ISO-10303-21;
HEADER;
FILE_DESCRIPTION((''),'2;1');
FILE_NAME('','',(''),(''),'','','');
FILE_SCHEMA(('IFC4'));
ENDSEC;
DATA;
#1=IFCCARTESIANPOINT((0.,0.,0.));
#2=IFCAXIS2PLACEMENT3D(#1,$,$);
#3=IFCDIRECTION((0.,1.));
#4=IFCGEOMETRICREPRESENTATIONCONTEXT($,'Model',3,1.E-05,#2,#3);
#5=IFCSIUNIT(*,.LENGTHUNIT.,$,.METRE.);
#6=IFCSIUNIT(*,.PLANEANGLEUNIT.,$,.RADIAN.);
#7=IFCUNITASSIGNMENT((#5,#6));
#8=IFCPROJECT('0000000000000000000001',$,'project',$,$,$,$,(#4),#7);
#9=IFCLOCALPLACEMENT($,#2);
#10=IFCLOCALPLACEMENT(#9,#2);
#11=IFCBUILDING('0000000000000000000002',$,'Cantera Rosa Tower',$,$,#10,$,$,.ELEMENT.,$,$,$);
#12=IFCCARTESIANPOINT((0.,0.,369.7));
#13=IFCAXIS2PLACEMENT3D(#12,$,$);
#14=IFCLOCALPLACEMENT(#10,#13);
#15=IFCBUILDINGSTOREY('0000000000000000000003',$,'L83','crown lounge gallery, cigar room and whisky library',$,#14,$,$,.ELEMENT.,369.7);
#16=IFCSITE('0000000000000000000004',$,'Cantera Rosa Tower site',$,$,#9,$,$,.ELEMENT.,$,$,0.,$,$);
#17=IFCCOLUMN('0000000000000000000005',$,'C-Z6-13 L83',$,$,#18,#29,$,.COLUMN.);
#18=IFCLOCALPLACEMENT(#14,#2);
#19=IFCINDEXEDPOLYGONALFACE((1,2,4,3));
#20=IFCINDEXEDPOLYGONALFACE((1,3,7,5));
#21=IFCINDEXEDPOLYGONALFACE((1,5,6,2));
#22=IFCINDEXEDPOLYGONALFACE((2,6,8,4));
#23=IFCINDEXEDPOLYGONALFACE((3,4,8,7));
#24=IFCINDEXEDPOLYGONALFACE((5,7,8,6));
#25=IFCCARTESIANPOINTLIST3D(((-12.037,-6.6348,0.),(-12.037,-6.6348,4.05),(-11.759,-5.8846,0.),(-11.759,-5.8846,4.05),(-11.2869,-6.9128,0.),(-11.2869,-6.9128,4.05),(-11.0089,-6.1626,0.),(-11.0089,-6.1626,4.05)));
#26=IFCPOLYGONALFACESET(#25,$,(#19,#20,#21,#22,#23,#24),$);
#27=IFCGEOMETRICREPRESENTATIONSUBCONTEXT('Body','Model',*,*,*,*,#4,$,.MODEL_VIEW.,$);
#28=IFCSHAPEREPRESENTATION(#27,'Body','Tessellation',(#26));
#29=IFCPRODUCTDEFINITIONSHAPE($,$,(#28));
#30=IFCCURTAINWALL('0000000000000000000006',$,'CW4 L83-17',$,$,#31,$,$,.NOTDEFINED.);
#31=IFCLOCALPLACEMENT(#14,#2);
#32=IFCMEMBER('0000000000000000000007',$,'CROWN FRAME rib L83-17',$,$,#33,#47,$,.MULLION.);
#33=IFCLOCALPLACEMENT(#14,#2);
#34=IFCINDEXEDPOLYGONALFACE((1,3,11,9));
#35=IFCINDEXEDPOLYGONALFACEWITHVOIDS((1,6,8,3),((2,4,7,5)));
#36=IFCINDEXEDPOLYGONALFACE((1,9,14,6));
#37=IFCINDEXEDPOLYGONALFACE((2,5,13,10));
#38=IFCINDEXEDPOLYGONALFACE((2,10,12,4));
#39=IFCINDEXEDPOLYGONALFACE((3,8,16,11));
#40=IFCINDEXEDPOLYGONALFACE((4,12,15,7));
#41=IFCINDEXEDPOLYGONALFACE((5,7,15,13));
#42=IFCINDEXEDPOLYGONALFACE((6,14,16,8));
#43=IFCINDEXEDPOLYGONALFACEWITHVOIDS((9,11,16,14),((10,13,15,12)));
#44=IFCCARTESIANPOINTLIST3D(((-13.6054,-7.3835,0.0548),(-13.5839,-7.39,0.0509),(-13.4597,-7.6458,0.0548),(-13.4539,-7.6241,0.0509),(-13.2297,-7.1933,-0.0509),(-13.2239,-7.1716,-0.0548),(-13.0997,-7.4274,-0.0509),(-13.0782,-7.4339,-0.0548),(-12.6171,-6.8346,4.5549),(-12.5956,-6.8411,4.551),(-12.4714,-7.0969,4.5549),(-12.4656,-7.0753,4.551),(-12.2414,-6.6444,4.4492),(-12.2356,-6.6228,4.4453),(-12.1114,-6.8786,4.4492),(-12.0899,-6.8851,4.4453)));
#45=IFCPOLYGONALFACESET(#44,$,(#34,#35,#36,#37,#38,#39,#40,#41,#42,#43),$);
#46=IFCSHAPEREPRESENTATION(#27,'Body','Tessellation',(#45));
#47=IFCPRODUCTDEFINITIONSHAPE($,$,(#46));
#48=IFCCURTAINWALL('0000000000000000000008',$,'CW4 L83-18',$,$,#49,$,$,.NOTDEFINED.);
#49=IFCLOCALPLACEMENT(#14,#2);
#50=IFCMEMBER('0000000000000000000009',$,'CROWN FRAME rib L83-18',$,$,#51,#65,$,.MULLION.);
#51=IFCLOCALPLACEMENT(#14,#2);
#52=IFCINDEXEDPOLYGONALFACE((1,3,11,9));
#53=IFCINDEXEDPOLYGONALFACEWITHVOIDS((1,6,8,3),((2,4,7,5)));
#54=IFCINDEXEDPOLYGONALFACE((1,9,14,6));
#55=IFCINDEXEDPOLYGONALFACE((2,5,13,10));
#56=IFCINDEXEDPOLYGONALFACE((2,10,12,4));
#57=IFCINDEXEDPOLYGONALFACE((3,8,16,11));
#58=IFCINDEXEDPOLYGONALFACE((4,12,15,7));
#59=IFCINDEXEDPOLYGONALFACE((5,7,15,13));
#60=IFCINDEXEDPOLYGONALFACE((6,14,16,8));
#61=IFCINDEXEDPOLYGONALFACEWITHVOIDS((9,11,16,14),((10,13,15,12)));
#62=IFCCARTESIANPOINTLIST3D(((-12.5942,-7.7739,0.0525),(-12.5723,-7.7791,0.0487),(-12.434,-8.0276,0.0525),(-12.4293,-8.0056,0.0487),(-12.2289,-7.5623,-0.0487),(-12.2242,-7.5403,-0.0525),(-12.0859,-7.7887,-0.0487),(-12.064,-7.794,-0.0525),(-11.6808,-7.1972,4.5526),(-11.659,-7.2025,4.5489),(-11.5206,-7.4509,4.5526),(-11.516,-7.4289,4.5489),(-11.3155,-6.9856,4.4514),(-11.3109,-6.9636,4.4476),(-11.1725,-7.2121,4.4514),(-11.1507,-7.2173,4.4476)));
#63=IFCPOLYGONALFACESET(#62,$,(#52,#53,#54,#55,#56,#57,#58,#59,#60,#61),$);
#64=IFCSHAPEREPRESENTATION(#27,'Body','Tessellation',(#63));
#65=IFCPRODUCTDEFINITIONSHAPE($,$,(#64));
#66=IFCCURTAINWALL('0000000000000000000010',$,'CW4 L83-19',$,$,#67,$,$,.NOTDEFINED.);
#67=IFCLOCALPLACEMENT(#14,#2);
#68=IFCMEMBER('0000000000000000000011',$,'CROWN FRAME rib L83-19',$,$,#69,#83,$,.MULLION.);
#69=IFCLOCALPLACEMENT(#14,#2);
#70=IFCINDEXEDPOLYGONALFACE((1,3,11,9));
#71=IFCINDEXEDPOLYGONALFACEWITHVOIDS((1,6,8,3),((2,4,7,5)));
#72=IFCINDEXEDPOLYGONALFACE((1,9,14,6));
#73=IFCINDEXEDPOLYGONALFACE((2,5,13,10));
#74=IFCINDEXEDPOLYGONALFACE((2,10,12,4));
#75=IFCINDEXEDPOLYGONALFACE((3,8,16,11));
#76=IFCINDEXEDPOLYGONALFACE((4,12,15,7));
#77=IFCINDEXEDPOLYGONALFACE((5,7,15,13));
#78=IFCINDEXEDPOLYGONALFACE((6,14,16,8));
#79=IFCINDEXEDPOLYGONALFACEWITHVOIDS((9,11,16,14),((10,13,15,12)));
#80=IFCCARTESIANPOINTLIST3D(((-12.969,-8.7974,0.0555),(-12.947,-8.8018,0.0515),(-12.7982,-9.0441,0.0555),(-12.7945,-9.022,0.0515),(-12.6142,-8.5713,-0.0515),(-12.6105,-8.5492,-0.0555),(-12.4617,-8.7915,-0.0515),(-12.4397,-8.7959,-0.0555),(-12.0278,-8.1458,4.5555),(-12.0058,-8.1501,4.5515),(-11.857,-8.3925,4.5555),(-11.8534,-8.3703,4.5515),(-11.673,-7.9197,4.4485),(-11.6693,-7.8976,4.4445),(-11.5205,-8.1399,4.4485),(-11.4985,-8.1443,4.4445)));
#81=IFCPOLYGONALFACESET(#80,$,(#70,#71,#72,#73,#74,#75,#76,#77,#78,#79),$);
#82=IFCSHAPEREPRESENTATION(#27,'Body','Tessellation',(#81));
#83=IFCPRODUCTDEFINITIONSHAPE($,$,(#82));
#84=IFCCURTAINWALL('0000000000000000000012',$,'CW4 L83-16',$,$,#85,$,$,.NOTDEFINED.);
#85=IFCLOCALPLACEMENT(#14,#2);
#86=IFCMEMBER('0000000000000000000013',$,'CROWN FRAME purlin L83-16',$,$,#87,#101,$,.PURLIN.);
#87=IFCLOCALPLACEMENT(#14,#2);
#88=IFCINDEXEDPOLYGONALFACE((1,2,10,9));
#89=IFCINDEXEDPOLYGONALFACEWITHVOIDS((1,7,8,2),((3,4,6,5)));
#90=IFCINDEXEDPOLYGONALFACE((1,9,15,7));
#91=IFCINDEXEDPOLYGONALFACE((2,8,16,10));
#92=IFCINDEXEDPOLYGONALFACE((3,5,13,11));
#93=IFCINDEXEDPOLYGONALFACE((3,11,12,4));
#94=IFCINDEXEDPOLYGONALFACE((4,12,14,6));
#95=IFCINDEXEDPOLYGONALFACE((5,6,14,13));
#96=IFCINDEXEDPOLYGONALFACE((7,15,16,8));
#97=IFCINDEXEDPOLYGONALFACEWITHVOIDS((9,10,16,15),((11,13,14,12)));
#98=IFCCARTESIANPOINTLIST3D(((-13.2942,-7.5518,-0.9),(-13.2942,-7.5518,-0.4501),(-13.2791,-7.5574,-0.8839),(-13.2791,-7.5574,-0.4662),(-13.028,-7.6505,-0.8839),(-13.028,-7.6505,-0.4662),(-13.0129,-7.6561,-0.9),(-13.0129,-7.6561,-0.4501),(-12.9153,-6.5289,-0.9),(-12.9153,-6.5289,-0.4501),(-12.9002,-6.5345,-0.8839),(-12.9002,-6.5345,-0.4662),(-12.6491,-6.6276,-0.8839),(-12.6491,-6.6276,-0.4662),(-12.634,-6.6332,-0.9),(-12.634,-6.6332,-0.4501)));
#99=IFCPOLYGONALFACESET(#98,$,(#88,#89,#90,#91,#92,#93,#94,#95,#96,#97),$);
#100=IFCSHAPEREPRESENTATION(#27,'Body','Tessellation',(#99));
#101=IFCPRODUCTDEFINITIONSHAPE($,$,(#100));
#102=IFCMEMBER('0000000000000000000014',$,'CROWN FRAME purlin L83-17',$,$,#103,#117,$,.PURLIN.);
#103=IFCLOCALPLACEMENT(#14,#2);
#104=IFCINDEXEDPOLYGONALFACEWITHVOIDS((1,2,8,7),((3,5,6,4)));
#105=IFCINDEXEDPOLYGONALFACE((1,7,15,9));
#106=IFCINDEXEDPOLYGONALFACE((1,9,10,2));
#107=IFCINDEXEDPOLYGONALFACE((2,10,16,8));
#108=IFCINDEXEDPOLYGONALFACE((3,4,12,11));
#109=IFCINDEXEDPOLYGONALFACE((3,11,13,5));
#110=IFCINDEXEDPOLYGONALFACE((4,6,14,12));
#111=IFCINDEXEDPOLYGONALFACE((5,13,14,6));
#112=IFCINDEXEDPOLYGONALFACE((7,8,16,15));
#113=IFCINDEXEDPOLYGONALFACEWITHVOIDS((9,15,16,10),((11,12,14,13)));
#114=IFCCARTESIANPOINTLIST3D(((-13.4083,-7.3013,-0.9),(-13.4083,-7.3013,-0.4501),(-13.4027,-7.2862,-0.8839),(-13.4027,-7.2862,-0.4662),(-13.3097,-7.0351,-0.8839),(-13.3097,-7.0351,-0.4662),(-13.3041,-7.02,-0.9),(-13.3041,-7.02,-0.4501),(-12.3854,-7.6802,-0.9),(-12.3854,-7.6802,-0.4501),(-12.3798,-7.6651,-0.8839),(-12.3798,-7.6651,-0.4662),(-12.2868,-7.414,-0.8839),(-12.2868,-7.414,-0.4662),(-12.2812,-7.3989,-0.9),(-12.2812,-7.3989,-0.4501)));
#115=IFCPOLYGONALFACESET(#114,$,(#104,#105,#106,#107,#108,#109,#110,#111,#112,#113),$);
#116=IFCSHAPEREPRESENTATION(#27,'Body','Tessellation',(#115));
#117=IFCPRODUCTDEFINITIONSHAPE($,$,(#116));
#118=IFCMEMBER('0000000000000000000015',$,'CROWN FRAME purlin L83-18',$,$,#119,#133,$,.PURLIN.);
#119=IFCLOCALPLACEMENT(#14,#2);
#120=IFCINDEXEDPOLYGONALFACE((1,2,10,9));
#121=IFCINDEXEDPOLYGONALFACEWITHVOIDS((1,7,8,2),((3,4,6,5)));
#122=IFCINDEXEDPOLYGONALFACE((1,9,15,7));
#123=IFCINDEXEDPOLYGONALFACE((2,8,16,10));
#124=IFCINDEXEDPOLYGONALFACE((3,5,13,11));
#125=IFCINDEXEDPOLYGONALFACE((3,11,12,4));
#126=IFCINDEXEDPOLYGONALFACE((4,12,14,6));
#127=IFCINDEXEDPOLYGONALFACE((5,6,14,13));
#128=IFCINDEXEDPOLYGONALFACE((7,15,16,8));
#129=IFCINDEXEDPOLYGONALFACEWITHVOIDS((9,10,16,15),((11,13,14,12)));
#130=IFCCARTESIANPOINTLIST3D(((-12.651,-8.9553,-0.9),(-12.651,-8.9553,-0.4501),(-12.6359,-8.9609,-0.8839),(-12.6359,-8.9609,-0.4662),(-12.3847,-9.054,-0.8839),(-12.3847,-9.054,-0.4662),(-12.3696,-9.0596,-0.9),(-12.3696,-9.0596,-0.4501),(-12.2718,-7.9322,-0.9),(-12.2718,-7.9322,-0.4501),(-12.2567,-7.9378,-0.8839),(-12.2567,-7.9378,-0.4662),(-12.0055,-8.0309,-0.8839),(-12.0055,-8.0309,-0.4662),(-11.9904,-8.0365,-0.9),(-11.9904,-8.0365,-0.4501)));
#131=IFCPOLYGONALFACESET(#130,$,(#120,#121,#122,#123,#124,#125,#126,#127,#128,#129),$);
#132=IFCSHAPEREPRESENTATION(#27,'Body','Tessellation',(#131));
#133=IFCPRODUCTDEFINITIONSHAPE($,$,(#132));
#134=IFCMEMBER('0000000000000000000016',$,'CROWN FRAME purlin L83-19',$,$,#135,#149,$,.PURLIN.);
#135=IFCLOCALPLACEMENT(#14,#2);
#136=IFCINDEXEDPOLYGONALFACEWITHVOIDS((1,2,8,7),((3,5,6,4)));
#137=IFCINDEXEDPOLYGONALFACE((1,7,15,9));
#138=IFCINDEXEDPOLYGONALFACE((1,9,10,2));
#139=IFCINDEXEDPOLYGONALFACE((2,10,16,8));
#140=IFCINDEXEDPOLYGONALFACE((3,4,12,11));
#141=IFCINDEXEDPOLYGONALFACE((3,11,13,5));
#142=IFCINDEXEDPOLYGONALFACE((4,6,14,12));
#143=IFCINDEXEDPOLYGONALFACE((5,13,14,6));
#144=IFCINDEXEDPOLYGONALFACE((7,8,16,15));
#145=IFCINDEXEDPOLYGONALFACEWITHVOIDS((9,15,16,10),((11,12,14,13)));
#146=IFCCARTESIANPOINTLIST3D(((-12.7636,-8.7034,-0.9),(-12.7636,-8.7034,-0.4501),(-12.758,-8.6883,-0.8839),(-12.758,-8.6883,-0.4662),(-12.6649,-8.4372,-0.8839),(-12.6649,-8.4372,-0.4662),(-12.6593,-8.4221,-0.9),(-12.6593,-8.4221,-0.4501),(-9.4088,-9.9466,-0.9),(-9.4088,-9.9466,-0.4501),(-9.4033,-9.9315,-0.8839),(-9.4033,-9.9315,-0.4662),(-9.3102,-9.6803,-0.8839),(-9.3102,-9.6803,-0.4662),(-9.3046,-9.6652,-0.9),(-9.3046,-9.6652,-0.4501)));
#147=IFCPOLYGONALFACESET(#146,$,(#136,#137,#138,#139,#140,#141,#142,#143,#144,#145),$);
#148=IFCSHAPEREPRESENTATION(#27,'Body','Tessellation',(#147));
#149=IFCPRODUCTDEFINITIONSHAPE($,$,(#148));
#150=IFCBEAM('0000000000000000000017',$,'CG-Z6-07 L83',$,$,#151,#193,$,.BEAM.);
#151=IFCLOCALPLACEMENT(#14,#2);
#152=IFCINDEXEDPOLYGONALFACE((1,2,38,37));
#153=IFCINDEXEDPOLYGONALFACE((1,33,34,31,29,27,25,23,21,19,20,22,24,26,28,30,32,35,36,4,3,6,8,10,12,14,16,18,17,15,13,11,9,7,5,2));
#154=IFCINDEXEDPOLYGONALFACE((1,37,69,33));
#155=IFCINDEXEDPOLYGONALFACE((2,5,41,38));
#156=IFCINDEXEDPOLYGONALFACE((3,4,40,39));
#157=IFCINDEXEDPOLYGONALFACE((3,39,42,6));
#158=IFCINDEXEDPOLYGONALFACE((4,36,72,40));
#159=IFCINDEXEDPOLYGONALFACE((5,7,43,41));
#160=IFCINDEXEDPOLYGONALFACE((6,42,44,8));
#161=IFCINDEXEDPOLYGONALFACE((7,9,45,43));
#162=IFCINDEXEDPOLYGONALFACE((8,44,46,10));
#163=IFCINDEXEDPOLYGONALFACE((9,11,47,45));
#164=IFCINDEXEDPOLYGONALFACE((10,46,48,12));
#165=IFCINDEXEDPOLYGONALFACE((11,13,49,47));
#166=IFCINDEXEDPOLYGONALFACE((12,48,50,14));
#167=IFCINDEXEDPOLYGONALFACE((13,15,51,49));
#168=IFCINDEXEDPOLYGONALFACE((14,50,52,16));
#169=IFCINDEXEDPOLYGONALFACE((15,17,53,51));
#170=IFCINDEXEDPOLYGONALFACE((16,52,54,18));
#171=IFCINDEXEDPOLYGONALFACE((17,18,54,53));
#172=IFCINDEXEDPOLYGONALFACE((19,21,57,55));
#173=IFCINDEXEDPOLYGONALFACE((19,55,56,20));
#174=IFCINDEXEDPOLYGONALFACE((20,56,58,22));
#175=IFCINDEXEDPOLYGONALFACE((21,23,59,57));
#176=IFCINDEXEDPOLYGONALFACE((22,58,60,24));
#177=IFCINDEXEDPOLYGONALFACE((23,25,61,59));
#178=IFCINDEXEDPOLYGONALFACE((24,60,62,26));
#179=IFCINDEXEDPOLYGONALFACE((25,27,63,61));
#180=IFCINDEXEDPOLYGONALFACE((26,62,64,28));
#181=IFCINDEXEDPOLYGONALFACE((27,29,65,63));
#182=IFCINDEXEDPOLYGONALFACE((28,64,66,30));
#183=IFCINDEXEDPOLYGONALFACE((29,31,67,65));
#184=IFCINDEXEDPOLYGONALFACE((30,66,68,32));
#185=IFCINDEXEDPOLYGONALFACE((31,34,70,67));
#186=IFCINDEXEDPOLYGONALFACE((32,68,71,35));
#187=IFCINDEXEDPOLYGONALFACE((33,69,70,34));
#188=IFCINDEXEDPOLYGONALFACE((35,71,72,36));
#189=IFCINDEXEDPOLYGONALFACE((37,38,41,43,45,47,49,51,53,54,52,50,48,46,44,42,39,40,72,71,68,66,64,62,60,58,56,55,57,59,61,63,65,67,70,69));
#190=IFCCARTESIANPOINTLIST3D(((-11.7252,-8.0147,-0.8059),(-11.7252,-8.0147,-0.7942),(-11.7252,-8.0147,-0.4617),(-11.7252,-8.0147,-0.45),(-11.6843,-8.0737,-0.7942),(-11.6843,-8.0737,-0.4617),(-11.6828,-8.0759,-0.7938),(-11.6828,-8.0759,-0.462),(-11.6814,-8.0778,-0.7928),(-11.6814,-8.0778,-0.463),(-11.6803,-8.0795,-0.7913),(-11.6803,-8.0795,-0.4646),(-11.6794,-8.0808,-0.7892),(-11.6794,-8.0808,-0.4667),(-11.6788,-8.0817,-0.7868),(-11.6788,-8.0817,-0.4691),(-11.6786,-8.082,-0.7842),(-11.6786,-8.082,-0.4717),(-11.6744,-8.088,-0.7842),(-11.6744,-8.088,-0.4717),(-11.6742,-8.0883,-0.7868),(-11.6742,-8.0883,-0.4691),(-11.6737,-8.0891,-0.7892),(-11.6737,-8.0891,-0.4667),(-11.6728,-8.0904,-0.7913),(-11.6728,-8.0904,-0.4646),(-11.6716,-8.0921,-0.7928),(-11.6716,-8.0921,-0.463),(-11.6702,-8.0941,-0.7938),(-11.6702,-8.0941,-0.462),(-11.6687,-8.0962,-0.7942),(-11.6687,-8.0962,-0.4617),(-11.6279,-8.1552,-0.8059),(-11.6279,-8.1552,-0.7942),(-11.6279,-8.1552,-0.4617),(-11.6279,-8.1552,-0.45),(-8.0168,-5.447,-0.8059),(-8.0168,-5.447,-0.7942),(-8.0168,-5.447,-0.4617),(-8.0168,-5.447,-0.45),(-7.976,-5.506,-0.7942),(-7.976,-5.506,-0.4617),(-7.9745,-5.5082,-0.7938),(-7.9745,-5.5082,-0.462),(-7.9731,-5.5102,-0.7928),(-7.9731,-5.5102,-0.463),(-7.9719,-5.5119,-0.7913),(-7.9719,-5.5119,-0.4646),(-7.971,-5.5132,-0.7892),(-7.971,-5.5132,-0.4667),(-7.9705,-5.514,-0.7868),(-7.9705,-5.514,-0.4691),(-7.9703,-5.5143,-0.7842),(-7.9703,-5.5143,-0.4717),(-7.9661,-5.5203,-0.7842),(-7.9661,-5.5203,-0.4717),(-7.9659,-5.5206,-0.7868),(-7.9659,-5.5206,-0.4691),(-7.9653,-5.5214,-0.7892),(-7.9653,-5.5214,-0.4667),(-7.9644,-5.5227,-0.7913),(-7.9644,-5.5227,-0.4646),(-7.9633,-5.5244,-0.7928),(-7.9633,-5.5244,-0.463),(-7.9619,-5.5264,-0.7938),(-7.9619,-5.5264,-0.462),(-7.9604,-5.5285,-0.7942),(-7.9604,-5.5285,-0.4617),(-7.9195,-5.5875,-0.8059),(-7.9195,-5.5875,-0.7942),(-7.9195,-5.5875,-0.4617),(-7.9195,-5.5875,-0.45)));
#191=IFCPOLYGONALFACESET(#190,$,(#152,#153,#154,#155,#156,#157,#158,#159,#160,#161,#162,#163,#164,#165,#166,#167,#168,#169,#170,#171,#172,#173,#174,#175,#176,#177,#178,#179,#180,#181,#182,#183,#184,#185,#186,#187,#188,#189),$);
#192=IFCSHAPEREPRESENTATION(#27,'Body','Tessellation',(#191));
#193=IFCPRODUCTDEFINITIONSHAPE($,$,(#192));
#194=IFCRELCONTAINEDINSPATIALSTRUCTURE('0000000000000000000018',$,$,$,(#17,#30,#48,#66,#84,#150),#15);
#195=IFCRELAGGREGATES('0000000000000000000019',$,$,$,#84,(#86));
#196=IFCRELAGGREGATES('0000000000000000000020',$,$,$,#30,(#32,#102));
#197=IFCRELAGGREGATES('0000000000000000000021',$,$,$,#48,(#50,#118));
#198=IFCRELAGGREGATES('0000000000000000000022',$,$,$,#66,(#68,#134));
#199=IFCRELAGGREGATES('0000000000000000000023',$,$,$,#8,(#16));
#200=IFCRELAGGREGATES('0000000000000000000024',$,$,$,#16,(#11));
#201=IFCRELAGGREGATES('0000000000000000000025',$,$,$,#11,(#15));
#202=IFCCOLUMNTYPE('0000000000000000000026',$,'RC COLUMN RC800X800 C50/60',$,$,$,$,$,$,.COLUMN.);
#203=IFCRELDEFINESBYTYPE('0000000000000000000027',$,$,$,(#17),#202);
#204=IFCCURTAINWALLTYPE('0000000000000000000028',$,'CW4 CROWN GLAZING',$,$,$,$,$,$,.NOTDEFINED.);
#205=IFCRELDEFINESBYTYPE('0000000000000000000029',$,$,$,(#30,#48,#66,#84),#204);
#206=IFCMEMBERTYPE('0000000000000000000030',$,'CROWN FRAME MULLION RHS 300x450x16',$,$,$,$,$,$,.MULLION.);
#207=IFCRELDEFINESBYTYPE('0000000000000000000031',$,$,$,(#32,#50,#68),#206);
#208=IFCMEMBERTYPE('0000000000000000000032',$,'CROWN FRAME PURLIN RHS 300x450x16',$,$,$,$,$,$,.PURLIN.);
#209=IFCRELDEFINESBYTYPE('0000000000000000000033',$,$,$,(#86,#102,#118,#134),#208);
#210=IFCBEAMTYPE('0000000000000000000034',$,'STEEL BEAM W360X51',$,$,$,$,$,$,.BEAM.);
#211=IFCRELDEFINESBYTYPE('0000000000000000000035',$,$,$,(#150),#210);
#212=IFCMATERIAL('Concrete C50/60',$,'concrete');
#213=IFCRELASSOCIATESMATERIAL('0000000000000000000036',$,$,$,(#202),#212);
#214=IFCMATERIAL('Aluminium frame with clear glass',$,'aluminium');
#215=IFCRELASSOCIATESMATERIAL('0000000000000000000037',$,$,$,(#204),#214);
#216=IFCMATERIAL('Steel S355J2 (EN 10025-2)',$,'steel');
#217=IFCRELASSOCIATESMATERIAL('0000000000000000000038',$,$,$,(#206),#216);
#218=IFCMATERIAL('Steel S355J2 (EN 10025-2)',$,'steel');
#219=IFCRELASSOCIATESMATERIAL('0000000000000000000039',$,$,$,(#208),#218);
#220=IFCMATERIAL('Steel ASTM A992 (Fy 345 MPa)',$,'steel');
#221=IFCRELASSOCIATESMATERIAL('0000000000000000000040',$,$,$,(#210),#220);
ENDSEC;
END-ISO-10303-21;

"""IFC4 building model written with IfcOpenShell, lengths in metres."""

from ifc_helpers import new_model, si_unit, direction, frame, origin, origin_2d, place, context, subcontext, project, spatial, rectangle, hollow_rectangle, i_section, extrude, material, material_profile, profile_set, type_object, element, aggregate, save


model = new_model("IFC4")

# Units and contexts
model_context = context("Model", 3, precision=1e-05, world=origin(), true_north=direction((0.0, 1.0)))
body_context = subcontext(model_context, "Body", "Model", "MODEL_VIEW")
ifc_project = project(units=[si_unit("LENGTHUNIT", "METRE"), si_unit("PLANEANGLEUNIT", "RADIAN")], contexts=[model_context])

# Site, building, storey
site_placement = place(None, origin())
site = spatial("IfcSite", under=ifc_project, at=site_placement, Name="Cantera Rosa Tower site", CompositionType="ELEMENT", RefElevation=0.0)
building_placement = place(site_placement, origin())
building = spatial("IfcBuilding", under=site, at=building_placement, Name="Cantera Rosa Tower", CompositionType="ELEMENT")
storey_placement = place(building_placement, frame((0.0, 0.0, 369.7)))
storey = spatial("IfcBuildingStorey", under=building, at=storey_placement, Name="L83", Description="crown lounge gallery, cigar room and whisky library", CompositionType="ELEMENT", Elevation=369.7)

# Column
ifc_material_1 = material(Name="Concrete C50/60", Category="concrete")
ifc_material_profile_1 = material_profile(ifc_material_1, rectangle(XDim=0.8, YDim=0.8, at=origin_2d()), Name="RC COLUMN RC800X800 C50/60")
ifc_profile_set_1 = profile_set([ifc_material_profile_1], Name="Concrete C50/60")
column_type = type_object("IfcColumnType", Name="RC COLUMN RC800X800 C50/60", PredefinedType="COLUMN", material=ifc_profile_set_1)
column_placement = place(storey_placement, frame((-11.5229, -6.3987, 0.0), z_axis=(0.0, 0.0, 1.0), x_axis=(0.347481, 0.937687, 0.0)))
element("IfcColumn", 1, at=column_placement, inside=storey, type_object=column_type, Name="C-Z6-13 L83", PredefinedType="COLUMN", context=body_context, shape_type="SweptSolid", body=[
    extrude(rectangle(XDim=0.8, YDim=0.8, at=origin_2d()), origin(), (0.0, 0.0, 1.0), 4.05),
])

# Curtain walls, members
ifc_material_2 = material(Name="Aluminium frame with clear glass", Category="aluminium")
curtain_wall_type = type_object("IfcCurtainWallType", Name="CW4 CROWN GLAZING", PredefinedType="NOTDEFINED", material=ifc_material_2)
curtain_wall_1_placement = place(storey_placement, origin())
curtain_wall_1 = element("IfcCurtainWall", 2, at=curtain_wall_1_placement, inside=storey, type_object=curtain_wall_type, Name="CW4 L83-17", PredefinedType="NOTDEFINED")
ifc_material_3 = material(Name="Steel S355J2 (EN 10025-2)", Category="steel")
ifc_material_profile_2 = material_profile(ifc_material_3, hollow_rectangle(XDim=0.3, YDim=0.45, WallThickness=0.0161, at=origin_2d()), Name="CROWN FRAME MULLION RHS 300x450x16")
ifc_profile_set_2 = profile_set([ifc_material_profile_2], Name="Steel S355J2 (EN 10025-2)")
member_type_1 = type_object("IfcMemberType", Name="CROWN FRAME MULLION RHS 300x450x16", PredefinedType="MULLION", material=ifc_profile_set_2)
member_1_placement = place(storey_placement, frame((-13.3418, -7.4087, 0.0), z_axis=(0.213, 0.118287, 0.969866), x_axis=(-0.485496, 0.874239, 0.0)))
member_1 = element("IfcMember", 3, at=member_1_placement, type_object=member_type_1, Name="CROWN FRAME rib L83-17", PredefinedType="MULLION", context=body_context, shape_type="SweptSolid", body=[
    extrude(hollow_rectangle(XDim=0.3, YDim=0.45, WallThickness=0.0161, at=origin_2d()), origin(), (0.0, 0.0, 1.0), 4.6399),
])
curtain_wall_2_placement = place(storey_placement, origin())
curtain_wall_2 = element("IfcCurtainWall", 4, at=curtain_wall_2_placement, inside=storey, type_object=curtain_wall_type, Name="CW4 L83-18", PredefinedType="NOTDEFINED")
member_2_placement = place(storey_placement, frame((-12.3291, -7.7839, 0.0), z_axis=(0.197356, 0.124607, 0.97238), x_axis=(-0.533874, 0.845564, 0.0)))
member_2 = element("IfcMember", 5, at=member_2_placement, type_object=member_type_1, Name="CROWN FRAME rib L83-18", PredefinedType="MULLION", context=body_context, shape_type="SweptSolid", body=[
    extrude(hollow_rectangle(XDim=0.3, YDim=0.45, WallThickness=0.0161, at=origin_2d()), origin(), (0.0, 0.0, 1.0), 4.6279),
])
curtain_wall_3_placement = place(storey_placement, origin())
curtain_wall_3 = element("IfcCurtainWall", 6, at=curtain_wall_3_placement, inside=storey, type_object=curtain_wall_type, Name="CW4 L83-19", PredefinedType="NOTDEFINED")
member_3_placement = place(storey_placement, frame((-12.7043, -8.7966, 0.0), z_axis=(0.202692, 0.140333, 0.969135), x_axis=(-0.569232, 0.822177, 0.0)))
member_3 = element("IfcMember", 7, at=member_3_placement, type_object=member_type_1, Name="CROWN FRAME rib L83-19", PredefinedType="MULLION", context=body_context, shape_type="SweptSolid", body=[
    extrude(hollow_rectangle(XDim=0.3, YDim=0.45, WallThickness=0.0161, at=origin_2d()), origin(), (0.0, 0.0, 1.0), 4.6433),
])
curtain_wall_4_placement = place(storey_placement, origin())
curtain_wall_4 = element("IfcCurtainWall", 8, at=curtain_wall_4_placement, inside=storey, type_object=curtain_wall_type, Name="CW4 L83-16", PredefinedType="NOTDEFINED")
ifc_material_4 = material(Name="Steel S355J2 (EN 10025-2)", Category="steel")
ifc_material_profile_3 = material_profile(ifc_material_4, hollow_rectangle(XDim=0.3, YDim=0.45, WallThickness=0.0161, at=origin_2d()), Name="CROWN FRAME PURLIN RHS 300x450x16")
ifc_profile_set_3 = profile_set([ifc_material_profile_3], Name="Steel S355J2 (EN 10025-2)")
member_type_2 = type_object("IfcMemberType", Name="CROWN FRAME PURLIN RHS 300x450x16", PredefinedType="PURLIN", material=ifc_profile_set_3)
member_4_placement = place(storey_placement, frame((-12.7747, -6.5811, -0.675), z_axis=(-0.347344, -0.937738, 0.0), x_axis=(0.937738, -0.347344, 0.0)))
member_4 = element("IfcMember", 9, at=member_4_placement, type_object=member_type_2, Name="CROWN FRAME purlin L83-16", PredefinedType="PURLIN", context=body_context, shape_type="SweptSolid", body=[
    extrude(hollow_rectangle(XDim=0.3, YDim=0.45, WallThickness=0.0161, at=origin_2d()), origin(), (0.0, 0.0, 1.0), 1.0908),
])

# Members
member_5_placement = place(storey_placement, frame((-13.3562, -7.1606, -0.675), z_axis=(0.937738, -0.347344, 0.0), x_axis=(0.347344, 0.937738, 0.0)))
member_5 = element("IfcMember", 10, at=member_5_placement, type_object=member_type_2, Name="CROWN FRAME purlin L83-17", PredefinedType="PURLIN", context=body_context, shape_type="SweptSolid", body=[
    extrude(hollow_rectangle(XDim=0.3, YDim=0.45, WallThickness=0.0161, at=origin_2d()), origin(), (0.0, 0.0, 1.0), 1.0908),
])
member_6_placement = place(storey_placement, frame((-12.1311, -7.9844, -0.675), z_axis=(-0.34754, -0.937665, 0.0), x_axis=(0.937665, -0.34754, 0.0)))
member_6 = element("IfcMember", 11, at=member_6_placement, type_object=member_type_2, Name="CROWN FRAME purlin L83-18", PredefinedType="PURLIN", context=body_context, shape_type="SweptSolid", body=[
    extrude(hollow_rectangle(XDim=0.3, YDim=0.45, WallThickness=0.0161, at=origin_2d()), origin(), (0.0, 0.0, 1.0), 1.0911),
])
member_7_placement = place(storey_placement, frame((-12.7114, -8.5627, -0.675), z_axis=(0.937688, -0.347479, 0.0), x_axis=(0.347479, 0.937688, 0.0)))
member_7 = element("IfcMember", 12, at=member_7_placement, type_object=member_type_2, Name="CROWN FRAME purlin L83-19", PredefinedType="PURLIN", context=body_context, shape_type="SweptSolid", body=[
    extrude(hollow_rectangle(XDim=0.3, YDim=0.45, WallThickness=0.0161, at=origin_2d()), origin(), (0.0, 0.0, 1.0), 3.5776),
])

# Beam
ifc_material_5 = material(Name="Steel ASTM A992 (Fy 345 MPa)", Category="steel")
ifc_material_profile_4 = material_profile(ifc_material_5, i_section(OverallWidth=0.1709, OverallDepth=0.356, WebThickness=0.0073, FlangeThickness=0.0117, FilletRadius=0.01, at=origin_2d()), Name="W360X51")
ifc_profile_set_4 = profile_set([ifc_material_profile_4], Name="Steel ASTM A992 (Fy 345 MPa)")
beam_type_1 = type_object("IfcBeamType", Name="STEEL BEAM W360X51", PredefinedType="BEAM", material=ifc_profile_set_4)
beam_1_placement = place(storey_placement, frame((-11.6765, -8.085, -0.6279), z_axis=(0.822153, 0.569266, 0.0), x_axis=(-0.569266, 0.822153, 0.0)))
element("IfcBeam", 13, at=beam_1_placement, inside=storey, type_object=beam_type_1, Name="CG-Z6-07 L83", PredefinedType="BEAM", context=body_context, shape_type="SweptSolid", body=[
    extrude(i_section(OverallWidth=0.1709, OverallDepth=0.356, WebThickness=0.0073, FlangeThickness=0.0117, FilletRadius=0.01, at=origin_2d()), origin(), (0.0, 0.0, 1.0), 4.5105),
])

aggregate(curtain_wall_4, [member_4])
aggregate(curtain_wall_1, [member_1, member_5])
aggregate(curtain_wall_2, [member_2, member_6])
aggregate(curtain_wall_3, [member_3, member_7])

save(model, "model.ifc")
